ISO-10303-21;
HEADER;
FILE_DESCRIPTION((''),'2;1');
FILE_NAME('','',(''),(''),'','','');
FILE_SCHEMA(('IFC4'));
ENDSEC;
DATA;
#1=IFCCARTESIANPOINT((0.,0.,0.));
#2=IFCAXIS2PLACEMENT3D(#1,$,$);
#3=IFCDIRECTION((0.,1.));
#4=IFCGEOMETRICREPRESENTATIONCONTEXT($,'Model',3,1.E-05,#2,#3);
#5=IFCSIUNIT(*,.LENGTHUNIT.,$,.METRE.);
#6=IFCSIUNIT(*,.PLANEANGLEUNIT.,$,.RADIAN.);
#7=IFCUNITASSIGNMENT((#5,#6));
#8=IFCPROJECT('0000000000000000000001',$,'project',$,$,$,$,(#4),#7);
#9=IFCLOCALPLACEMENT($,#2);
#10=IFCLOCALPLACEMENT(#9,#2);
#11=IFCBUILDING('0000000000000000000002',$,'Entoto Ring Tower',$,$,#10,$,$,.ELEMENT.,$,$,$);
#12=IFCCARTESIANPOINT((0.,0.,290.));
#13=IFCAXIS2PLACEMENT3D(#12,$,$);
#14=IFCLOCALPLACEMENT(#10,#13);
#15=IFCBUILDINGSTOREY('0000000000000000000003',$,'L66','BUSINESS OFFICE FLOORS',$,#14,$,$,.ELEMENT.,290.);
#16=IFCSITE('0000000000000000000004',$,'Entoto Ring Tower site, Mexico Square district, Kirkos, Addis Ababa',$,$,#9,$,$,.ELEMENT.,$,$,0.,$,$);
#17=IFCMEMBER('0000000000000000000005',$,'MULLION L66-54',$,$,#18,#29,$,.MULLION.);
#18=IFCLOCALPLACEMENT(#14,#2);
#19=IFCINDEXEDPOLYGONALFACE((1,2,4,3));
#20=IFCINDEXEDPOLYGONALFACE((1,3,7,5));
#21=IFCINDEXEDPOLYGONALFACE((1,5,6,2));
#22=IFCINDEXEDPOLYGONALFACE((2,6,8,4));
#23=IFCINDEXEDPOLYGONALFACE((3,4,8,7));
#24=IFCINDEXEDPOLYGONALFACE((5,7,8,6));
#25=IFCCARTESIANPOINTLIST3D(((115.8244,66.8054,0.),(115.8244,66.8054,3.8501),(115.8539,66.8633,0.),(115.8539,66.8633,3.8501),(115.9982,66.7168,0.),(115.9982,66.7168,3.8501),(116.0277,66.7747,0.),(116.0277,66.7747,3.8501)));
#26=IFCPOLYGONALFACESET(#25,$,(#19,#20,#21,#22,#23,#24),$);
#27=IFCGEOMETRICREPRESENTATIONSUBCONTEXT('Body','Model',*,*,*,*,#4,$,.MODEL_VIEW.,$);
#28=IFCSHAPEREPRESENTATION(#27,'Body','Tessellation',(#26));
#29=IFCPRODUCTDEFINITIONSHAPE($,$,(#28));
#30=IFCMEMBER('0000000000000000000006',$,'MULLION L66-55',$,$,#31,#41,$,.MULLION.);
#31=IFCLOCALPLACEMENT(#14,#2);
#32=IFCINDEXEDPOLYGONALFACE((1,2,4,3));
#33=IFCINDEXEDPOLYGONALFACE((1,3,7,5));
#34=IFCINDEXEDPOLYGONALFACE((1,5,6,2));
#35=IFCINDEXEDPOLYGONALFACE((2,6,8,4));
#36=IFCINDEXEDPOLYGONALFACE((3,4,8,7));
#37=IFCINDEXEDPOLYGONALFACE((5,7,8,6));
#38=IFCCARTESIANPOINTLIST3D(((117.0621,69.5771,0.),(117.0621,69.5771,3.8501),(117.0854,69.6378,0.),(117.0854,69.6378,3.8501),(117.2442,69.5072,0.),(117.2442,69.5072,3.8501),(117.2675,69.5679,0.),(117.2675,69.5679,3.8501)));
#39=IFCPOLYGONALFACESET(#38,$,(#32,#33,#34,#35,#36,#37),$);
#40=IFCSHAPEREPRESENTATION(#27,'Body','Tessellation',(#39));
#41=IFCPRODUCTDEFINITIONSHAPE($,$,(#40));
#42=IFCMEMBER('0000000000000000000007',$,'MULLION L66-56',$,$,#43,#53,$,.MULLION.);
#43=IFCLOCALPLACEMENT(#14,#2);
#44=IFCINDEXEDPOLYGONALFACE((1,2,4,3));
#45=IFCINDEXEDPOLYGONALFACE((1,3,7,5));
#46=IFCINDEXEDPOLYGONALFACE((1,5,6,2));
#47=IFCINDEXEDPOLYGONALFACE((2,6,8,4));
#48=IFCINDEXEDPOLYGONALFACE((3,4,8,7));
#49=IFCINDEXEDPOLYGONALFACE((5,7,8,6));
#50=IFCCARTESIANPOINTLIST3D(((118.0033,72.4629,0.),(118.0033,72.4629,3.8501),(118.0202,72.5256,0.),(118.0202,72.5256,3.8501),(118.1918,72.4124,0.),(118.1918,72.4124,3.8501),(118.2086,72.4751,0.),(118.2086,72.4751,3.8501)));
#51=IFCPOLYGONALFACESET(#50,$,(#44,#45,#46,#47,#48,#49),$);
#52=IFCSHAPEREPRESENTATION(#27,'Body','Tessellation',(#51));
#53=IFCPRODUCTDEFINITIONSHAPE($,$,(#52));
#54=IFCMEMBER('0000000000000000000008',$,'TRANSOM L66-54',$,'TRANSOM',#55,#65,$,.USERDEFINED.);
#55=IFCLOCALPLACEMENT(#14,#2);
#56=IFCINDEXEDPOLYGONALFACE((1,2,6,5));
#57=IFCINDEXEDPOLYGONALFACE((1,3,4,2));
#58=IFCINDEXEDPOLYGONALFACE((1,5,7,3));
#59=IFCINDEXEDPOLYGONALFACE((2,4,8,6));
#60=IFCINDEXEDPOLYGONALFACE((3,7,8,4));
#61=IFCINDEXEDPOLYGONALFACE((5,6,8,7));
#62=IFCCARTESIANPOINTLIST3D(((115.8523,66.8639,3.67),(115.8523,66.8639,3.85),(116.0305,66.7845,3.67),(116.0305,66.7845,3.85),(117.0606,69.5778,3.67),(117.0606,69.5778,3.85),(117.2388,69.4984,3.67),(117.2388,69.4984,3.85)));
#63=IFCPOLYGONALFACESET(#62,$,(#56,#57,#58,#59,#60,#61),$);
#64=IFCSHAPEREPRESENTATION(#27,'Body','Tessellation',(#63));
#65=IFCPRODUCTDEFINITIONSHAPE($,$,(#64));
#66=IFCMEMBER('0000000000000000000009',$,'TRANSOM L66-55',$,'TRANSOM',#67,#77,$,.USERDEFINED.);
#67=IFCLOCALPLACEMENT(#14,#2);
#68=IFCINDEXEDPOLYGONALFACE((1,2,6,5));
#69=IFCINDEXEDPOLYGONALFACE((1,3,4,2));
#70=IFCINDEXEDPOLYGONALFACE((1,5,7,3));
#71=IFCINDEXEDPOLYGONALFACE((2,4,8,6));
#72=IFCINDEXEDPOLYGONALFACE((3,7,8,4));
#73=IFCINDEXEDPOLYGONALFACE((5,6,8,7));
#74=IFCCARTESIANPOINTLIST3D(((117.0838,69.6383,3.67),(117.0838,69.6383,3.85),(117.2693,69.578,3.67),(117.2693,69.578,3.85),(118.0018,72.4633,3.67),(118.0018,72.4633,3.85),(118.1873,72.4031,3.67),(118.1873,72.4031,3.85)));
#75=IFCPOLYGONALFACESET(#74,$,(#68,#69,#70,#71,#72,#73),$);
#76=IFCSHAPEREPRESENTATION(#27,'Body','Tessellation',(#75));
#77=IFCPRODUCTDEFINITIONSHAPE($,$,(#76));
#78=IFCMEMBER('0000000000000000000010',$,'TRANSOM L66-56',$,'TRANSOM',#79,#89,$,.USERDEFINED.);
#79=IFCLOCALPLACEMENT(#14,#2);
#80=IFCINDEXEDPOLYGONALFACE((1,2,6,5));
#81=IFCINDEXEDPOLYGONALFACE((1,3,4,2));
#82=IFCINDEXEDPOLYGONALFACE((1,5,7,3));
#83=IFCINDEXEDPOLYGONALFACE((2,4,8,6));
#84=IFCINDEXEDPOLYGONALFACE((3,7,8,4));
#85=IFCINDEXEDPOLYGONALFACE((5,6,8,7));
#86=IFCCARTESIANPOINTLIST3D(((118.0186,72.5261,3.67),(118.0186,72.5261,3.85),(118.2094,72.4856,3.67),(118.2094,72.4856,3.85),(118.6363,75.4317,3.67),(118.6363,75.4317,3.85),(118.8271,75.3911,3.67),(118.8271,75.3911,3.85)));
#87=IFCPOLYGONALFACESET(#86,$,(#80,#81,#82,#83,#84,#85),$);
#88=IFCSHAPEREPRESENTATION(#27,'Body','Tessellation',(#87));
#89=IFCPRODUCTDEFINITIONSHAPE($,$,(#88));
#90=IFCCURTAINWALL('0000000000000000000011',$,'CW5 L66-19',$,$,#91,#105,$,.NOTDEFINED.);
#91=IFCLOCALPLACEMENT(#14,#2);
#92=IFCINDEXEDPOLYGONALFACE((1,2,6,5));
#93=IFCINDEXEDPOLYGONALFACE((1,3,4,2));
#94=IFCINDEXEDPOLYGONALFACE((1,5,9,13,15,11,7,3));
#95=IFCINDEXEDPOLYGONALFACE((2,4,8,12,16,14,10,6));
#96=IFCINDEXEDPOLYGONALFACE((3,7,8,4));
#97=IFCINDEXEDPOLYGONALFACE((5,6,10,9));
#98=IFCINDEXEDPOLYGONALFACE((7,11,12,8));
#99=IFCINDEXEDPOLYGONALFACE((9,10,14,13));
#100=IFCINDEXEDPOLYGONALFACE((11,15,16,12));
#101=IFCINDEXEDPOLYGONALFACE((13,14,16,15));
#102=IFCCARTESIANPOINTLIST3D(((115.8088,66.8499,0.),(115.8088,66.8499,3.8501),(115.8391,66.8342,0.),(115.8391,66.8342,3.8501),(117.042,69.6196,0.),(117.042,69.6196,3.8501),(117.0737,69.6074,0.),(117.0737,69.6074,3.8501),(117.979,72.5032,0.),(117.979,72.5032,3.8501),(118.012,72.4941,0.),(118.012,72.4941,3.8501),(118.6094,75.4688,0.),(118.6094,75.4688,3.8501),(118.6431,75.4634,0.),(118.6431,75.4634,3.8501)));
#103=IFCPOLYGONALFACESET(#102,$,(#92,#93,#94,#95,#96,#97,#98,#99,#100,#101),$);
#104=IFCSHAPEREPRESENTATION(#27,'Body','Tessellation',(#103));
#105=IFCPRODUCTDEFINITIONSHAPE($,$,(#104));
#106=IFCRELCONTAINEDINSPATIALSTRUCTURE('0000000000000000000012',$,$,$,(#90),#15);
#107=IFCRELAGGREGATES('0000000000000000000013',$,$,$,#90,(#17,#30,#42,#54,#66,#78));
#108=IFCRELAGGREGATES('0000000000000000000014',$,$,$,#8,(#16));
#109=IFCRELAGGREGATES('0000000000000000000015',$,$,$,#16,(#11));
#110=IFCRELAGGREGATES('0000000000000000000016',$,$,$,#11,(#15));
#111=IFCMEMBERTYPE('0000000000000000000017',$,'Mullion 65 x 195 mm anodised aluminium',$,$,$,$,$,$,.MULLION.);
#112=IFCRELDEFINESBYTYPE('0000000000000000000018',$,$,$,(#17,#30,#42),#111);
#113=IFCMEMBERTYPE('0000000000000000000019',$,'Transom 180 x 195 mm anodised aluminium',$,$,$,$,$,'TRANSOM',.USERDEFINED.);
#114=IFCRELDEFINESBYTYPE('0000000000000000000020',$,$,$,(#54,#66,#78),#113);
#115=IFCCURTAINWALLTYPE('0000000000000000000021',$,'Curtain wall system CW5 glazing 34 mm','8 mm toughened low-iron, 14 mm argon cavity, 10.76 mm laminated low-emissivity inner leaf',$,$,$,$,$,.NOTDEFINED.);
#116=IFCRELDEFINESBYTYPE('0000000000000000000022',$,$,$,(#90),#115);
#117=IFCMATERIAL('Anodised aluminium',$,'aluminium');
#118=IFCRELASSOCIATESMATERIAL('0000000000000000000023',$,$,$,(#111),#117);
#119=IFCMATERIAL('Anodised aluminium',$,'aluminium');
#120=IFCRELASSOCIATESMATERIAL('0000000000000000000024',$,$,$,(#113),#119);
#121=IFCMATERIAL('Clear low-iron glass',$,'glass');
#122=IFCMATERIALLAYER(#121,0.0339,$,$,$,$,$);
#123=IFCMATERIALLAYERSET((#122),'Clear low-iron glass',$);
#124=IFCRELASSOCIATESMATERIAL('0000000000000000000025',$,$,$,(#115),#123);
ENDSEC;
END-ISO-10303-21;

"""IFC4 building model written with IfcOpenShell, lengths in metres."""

from ifc_helpers import new_model, si_unit, direction, frame, origin, origin_2d, place, context, subcontext, project, spatial, polyline, rectangle, outline, extrude, material, layer, layer_set, material_profile, profile_set, type_object, element, aggregate, save


model = new_model("IFC4")

# Units and contexts
model_context = context("Model", 3, precision=1e-05, world=origin(), true_north=direction((0.0, 1.0)))
body_context = subcontext(model_context, "Body", "Model", "MODEL_VIEW")
ifc_project = project(units=[si_unit("LENGTHUNIT", "METRE"), si_unit("PLANEANGLEUNIT", "RADIAN")], contexts=[model_context])

# Members
ifc_material_1 = material(Name="Anodised aluminium", Category="aluminium")
ifc_material_profile_1 = material_profile(ifc_material_1, rectangle(XDim=0.0649, YDim=0.1951, at=origin_2d()), Name="Mullion 65 x 195 mm anodised aluminium")
ifc_profile_set_1 = profile_set([ifc_material_profile_1], Name="Anodised aluminium")
member_type_1 = type_object("IfcMemberType", Name="Mullion 65 x 195 mm anodised aluminium", PredefinedType="MULLION", material=ifc_profile_set_1)
site_placement = place(None, origin())
building_placement = place(site_placement, origin())
storey_placement = place(building_placement, frame((0.0, 0.0, 290.0)))
member_1_placement = place(storey_placement, frame((115.926, 66.79, 0.0), z_axis=(0.0, 0.0, 1.0), x_axis=(0.45399, 0.891007, 0.0)))
member_1 = element("IfcMember", 1, at=member_1_placement, type_object=member_type_1, Name="MULLION L66-54", PredefinedType="MULLION", context=body_context, shape_type="SweptSolid", body=[
    extrude(rectangle(XDim=0.0649, YDim=0.1951, at=origin_2d()), origin(), (0.0, 0.0, 1.0), 3.8501),
])
member_2_placement = place(storey_placement, frame((117.1648, 69.5725, 0.0), z_axis=(0.0, 0.0, 1.0), x_axis=(0.358368, 0.93358, 0.0)))
member_2 = element("IfcMember", 2, at=member_2_placement, type_object=member_type_1, Name="MULLION L66-55", PredefinedType="MULLION", context=body_context, shape_type="SweptSolid", body=[
    extrude(rectangle(XDim=0.0649, YDim=0.1951, at=origin_2d()), origin(), (0.0, 0.0, 1.0), 3.8501),
])
member_3_placement = place(storey_placement, frame((118.106, 72.469, 0.0), z_axis=(0.0, 0.0, 1.0), x_axis=(0.258819, 0.965926, 0.0)))
member_3 = element("IfcMember", 3, at=member_3_placement, type_object=member_type_1, Name="MULLION L66-56", PredefinedType="MULLION", context=body_context, shape_type="SweptSolid", body=[
    extrude(rectangle(XDim=0.0649, YDim=0.1951, at=origin_2d()), origin(), (0.0, 0.0, 1.0), 3.8501),
])
ifc_material_2 = material(Name="Anodised aluminium", Category="aluminium")
ifc_material_profile_2 = material_profile(ifc_material_2, rectangle(XDim=0.1951, YDim=0.1799, at=origin_2d()), Name="Transom 180 x 195 mm anodised aluminium")
ifc_profile_set_2 = profile_set([ifc_material_profile_2], Name="Anodised aluminium")
member_type_2 = type_object("IfcMemberType", Name="Transom 180 x 195 mm anodised aluminium", ElementType="TRANSOM", PredefinedType="USERDEFINED", material=ifc_profile_set_2)
member_4_placement = place(storey_placement, frame((115.9414, 66.8242, 3.76), z_axis=(0.406726, 0.91355, 0.0), x_axis=(-0.91355, 0.406726, 0.0)))
member_4 = element("IfcMember", 4, at=member_4_placement, type_object=member_type_2, Name="TRANSOM L66-54", ObjectType="TRANSOM", PredefinedType="USERDEFINED", context=body_context, shape_type="SweptSolid", body=[
    extrude(rectangle(XDim=0.1951, YDim=0.1799, at=origin_2d()), origin(), (0.0, 0.0, 1.0), 2.9707),
])
member_5_placement = place(storey_placement, frame((117.1765, 69.6082, 3.76), z_axis=(0.309043, 0.951048, 0.0), x_axis=(-0.951048, 0.309043, 0.0)))
member_5 = element("IfcMember", 5, at=member_5_placement, type_object=member_type_2, Name="TRANSOM L66-55", ObjectType="TRANSOM", PredefinedType="USERDEFINED", context=body_context, shape_type="SweptSolid", body=[
    extrude(rectangle(XDim=0.1951, YDim=0.1799, at=origin_2d()), origin(), (0.0, 0.0, 1.0), 2.9705),
])
member_6_placement = place(storey_placement, frame((118.114, 72.5059, 3.76), z_axis=(0.20794, 0.978142, 0.0), x_axis=(-0.978142, 0.20794, 0.0)))
member_6 = element("IfcMember", 6, at=member_6_placement, type_object=member_type_2, Name="TRANSOM L66-56", ObjectType="TRANSOM", PredefinedType="USERDEFINED", context=body_context, shape_type="SweptSolid", body=[
    extrude(rectangle(XDim=0.1951, YDim=0.1799, at=origin_2d()), origin(), (0.0, 0.0, 1.0), 2.9705),
])

# Site, building, storey
site = spatial("IfcSite", under=ifc_project, at=site_placement, Name="Entoto Ring Tower site, Mexico Square district, Kirkos, Addis Ababa", CompositionType="ELEMENT", RefElevation=0.0)
building = spatial("IfcBuilding", under=site, at=building_placement, Name="Entoto Ring Tower", CompositionType="ELEMENT")
storey = spatial("IfcBuildingStorey", under=building, at=storey_placement, Name="L66", Description="BUSINESS OFFICE FLOORS", CompositionType="ELEMENT", Elevation=290.0)

# Curtain wall
ifc_material_3 = material(Name="Clear low-iron glass", Category="glass")
ifc_layer_1 = layer(ifc_material_3, 0.0339)
ifc_layer_set_1 = layer_set([ifc_layer_1], Name="Clear low-iron glass")
curtain_wall_type = type_object("IfcCurtainWallType", Name="Curtain wall system CW5 glazing 34 mm", Description="8 mm toughened low-iron, 14 mm argon cavity, 10.76 mm laminated low-emissivity inner leaf", PredefinedType="NOTDEFINED", material=ifc_layer_set_1)
curtain_wall_1_placement = place(storey_placement, origin())
curtain_wall_1 = element("IfcCurtainWall", 7, at=curtain_wall_1_placement, inside=storey, type_object=curtain_wall_type, Name="CW5 L66-19", PredefinedType="NOTDEFINED", context=body_context, shape_type="SweptSolid", body=[
    extrude(outline(polyline([(115.8391, 66.8342), (117.0737, 69.6074), (118.012, 72.4941), (118.6431, 75.4634), (118.6094, 75.4688), (117.979, 72.5032), (117.042, 69.6196), (115.8088, 66.8499), (115.8391, 66.8342)])), origin(), (0.0, 0.0, 1.0), 3.8501),
])
aggregate(curtain_wall_1, [member_1, member_2, member_3, member_4, member_5, member_6])

save(model, "model.ifc")
